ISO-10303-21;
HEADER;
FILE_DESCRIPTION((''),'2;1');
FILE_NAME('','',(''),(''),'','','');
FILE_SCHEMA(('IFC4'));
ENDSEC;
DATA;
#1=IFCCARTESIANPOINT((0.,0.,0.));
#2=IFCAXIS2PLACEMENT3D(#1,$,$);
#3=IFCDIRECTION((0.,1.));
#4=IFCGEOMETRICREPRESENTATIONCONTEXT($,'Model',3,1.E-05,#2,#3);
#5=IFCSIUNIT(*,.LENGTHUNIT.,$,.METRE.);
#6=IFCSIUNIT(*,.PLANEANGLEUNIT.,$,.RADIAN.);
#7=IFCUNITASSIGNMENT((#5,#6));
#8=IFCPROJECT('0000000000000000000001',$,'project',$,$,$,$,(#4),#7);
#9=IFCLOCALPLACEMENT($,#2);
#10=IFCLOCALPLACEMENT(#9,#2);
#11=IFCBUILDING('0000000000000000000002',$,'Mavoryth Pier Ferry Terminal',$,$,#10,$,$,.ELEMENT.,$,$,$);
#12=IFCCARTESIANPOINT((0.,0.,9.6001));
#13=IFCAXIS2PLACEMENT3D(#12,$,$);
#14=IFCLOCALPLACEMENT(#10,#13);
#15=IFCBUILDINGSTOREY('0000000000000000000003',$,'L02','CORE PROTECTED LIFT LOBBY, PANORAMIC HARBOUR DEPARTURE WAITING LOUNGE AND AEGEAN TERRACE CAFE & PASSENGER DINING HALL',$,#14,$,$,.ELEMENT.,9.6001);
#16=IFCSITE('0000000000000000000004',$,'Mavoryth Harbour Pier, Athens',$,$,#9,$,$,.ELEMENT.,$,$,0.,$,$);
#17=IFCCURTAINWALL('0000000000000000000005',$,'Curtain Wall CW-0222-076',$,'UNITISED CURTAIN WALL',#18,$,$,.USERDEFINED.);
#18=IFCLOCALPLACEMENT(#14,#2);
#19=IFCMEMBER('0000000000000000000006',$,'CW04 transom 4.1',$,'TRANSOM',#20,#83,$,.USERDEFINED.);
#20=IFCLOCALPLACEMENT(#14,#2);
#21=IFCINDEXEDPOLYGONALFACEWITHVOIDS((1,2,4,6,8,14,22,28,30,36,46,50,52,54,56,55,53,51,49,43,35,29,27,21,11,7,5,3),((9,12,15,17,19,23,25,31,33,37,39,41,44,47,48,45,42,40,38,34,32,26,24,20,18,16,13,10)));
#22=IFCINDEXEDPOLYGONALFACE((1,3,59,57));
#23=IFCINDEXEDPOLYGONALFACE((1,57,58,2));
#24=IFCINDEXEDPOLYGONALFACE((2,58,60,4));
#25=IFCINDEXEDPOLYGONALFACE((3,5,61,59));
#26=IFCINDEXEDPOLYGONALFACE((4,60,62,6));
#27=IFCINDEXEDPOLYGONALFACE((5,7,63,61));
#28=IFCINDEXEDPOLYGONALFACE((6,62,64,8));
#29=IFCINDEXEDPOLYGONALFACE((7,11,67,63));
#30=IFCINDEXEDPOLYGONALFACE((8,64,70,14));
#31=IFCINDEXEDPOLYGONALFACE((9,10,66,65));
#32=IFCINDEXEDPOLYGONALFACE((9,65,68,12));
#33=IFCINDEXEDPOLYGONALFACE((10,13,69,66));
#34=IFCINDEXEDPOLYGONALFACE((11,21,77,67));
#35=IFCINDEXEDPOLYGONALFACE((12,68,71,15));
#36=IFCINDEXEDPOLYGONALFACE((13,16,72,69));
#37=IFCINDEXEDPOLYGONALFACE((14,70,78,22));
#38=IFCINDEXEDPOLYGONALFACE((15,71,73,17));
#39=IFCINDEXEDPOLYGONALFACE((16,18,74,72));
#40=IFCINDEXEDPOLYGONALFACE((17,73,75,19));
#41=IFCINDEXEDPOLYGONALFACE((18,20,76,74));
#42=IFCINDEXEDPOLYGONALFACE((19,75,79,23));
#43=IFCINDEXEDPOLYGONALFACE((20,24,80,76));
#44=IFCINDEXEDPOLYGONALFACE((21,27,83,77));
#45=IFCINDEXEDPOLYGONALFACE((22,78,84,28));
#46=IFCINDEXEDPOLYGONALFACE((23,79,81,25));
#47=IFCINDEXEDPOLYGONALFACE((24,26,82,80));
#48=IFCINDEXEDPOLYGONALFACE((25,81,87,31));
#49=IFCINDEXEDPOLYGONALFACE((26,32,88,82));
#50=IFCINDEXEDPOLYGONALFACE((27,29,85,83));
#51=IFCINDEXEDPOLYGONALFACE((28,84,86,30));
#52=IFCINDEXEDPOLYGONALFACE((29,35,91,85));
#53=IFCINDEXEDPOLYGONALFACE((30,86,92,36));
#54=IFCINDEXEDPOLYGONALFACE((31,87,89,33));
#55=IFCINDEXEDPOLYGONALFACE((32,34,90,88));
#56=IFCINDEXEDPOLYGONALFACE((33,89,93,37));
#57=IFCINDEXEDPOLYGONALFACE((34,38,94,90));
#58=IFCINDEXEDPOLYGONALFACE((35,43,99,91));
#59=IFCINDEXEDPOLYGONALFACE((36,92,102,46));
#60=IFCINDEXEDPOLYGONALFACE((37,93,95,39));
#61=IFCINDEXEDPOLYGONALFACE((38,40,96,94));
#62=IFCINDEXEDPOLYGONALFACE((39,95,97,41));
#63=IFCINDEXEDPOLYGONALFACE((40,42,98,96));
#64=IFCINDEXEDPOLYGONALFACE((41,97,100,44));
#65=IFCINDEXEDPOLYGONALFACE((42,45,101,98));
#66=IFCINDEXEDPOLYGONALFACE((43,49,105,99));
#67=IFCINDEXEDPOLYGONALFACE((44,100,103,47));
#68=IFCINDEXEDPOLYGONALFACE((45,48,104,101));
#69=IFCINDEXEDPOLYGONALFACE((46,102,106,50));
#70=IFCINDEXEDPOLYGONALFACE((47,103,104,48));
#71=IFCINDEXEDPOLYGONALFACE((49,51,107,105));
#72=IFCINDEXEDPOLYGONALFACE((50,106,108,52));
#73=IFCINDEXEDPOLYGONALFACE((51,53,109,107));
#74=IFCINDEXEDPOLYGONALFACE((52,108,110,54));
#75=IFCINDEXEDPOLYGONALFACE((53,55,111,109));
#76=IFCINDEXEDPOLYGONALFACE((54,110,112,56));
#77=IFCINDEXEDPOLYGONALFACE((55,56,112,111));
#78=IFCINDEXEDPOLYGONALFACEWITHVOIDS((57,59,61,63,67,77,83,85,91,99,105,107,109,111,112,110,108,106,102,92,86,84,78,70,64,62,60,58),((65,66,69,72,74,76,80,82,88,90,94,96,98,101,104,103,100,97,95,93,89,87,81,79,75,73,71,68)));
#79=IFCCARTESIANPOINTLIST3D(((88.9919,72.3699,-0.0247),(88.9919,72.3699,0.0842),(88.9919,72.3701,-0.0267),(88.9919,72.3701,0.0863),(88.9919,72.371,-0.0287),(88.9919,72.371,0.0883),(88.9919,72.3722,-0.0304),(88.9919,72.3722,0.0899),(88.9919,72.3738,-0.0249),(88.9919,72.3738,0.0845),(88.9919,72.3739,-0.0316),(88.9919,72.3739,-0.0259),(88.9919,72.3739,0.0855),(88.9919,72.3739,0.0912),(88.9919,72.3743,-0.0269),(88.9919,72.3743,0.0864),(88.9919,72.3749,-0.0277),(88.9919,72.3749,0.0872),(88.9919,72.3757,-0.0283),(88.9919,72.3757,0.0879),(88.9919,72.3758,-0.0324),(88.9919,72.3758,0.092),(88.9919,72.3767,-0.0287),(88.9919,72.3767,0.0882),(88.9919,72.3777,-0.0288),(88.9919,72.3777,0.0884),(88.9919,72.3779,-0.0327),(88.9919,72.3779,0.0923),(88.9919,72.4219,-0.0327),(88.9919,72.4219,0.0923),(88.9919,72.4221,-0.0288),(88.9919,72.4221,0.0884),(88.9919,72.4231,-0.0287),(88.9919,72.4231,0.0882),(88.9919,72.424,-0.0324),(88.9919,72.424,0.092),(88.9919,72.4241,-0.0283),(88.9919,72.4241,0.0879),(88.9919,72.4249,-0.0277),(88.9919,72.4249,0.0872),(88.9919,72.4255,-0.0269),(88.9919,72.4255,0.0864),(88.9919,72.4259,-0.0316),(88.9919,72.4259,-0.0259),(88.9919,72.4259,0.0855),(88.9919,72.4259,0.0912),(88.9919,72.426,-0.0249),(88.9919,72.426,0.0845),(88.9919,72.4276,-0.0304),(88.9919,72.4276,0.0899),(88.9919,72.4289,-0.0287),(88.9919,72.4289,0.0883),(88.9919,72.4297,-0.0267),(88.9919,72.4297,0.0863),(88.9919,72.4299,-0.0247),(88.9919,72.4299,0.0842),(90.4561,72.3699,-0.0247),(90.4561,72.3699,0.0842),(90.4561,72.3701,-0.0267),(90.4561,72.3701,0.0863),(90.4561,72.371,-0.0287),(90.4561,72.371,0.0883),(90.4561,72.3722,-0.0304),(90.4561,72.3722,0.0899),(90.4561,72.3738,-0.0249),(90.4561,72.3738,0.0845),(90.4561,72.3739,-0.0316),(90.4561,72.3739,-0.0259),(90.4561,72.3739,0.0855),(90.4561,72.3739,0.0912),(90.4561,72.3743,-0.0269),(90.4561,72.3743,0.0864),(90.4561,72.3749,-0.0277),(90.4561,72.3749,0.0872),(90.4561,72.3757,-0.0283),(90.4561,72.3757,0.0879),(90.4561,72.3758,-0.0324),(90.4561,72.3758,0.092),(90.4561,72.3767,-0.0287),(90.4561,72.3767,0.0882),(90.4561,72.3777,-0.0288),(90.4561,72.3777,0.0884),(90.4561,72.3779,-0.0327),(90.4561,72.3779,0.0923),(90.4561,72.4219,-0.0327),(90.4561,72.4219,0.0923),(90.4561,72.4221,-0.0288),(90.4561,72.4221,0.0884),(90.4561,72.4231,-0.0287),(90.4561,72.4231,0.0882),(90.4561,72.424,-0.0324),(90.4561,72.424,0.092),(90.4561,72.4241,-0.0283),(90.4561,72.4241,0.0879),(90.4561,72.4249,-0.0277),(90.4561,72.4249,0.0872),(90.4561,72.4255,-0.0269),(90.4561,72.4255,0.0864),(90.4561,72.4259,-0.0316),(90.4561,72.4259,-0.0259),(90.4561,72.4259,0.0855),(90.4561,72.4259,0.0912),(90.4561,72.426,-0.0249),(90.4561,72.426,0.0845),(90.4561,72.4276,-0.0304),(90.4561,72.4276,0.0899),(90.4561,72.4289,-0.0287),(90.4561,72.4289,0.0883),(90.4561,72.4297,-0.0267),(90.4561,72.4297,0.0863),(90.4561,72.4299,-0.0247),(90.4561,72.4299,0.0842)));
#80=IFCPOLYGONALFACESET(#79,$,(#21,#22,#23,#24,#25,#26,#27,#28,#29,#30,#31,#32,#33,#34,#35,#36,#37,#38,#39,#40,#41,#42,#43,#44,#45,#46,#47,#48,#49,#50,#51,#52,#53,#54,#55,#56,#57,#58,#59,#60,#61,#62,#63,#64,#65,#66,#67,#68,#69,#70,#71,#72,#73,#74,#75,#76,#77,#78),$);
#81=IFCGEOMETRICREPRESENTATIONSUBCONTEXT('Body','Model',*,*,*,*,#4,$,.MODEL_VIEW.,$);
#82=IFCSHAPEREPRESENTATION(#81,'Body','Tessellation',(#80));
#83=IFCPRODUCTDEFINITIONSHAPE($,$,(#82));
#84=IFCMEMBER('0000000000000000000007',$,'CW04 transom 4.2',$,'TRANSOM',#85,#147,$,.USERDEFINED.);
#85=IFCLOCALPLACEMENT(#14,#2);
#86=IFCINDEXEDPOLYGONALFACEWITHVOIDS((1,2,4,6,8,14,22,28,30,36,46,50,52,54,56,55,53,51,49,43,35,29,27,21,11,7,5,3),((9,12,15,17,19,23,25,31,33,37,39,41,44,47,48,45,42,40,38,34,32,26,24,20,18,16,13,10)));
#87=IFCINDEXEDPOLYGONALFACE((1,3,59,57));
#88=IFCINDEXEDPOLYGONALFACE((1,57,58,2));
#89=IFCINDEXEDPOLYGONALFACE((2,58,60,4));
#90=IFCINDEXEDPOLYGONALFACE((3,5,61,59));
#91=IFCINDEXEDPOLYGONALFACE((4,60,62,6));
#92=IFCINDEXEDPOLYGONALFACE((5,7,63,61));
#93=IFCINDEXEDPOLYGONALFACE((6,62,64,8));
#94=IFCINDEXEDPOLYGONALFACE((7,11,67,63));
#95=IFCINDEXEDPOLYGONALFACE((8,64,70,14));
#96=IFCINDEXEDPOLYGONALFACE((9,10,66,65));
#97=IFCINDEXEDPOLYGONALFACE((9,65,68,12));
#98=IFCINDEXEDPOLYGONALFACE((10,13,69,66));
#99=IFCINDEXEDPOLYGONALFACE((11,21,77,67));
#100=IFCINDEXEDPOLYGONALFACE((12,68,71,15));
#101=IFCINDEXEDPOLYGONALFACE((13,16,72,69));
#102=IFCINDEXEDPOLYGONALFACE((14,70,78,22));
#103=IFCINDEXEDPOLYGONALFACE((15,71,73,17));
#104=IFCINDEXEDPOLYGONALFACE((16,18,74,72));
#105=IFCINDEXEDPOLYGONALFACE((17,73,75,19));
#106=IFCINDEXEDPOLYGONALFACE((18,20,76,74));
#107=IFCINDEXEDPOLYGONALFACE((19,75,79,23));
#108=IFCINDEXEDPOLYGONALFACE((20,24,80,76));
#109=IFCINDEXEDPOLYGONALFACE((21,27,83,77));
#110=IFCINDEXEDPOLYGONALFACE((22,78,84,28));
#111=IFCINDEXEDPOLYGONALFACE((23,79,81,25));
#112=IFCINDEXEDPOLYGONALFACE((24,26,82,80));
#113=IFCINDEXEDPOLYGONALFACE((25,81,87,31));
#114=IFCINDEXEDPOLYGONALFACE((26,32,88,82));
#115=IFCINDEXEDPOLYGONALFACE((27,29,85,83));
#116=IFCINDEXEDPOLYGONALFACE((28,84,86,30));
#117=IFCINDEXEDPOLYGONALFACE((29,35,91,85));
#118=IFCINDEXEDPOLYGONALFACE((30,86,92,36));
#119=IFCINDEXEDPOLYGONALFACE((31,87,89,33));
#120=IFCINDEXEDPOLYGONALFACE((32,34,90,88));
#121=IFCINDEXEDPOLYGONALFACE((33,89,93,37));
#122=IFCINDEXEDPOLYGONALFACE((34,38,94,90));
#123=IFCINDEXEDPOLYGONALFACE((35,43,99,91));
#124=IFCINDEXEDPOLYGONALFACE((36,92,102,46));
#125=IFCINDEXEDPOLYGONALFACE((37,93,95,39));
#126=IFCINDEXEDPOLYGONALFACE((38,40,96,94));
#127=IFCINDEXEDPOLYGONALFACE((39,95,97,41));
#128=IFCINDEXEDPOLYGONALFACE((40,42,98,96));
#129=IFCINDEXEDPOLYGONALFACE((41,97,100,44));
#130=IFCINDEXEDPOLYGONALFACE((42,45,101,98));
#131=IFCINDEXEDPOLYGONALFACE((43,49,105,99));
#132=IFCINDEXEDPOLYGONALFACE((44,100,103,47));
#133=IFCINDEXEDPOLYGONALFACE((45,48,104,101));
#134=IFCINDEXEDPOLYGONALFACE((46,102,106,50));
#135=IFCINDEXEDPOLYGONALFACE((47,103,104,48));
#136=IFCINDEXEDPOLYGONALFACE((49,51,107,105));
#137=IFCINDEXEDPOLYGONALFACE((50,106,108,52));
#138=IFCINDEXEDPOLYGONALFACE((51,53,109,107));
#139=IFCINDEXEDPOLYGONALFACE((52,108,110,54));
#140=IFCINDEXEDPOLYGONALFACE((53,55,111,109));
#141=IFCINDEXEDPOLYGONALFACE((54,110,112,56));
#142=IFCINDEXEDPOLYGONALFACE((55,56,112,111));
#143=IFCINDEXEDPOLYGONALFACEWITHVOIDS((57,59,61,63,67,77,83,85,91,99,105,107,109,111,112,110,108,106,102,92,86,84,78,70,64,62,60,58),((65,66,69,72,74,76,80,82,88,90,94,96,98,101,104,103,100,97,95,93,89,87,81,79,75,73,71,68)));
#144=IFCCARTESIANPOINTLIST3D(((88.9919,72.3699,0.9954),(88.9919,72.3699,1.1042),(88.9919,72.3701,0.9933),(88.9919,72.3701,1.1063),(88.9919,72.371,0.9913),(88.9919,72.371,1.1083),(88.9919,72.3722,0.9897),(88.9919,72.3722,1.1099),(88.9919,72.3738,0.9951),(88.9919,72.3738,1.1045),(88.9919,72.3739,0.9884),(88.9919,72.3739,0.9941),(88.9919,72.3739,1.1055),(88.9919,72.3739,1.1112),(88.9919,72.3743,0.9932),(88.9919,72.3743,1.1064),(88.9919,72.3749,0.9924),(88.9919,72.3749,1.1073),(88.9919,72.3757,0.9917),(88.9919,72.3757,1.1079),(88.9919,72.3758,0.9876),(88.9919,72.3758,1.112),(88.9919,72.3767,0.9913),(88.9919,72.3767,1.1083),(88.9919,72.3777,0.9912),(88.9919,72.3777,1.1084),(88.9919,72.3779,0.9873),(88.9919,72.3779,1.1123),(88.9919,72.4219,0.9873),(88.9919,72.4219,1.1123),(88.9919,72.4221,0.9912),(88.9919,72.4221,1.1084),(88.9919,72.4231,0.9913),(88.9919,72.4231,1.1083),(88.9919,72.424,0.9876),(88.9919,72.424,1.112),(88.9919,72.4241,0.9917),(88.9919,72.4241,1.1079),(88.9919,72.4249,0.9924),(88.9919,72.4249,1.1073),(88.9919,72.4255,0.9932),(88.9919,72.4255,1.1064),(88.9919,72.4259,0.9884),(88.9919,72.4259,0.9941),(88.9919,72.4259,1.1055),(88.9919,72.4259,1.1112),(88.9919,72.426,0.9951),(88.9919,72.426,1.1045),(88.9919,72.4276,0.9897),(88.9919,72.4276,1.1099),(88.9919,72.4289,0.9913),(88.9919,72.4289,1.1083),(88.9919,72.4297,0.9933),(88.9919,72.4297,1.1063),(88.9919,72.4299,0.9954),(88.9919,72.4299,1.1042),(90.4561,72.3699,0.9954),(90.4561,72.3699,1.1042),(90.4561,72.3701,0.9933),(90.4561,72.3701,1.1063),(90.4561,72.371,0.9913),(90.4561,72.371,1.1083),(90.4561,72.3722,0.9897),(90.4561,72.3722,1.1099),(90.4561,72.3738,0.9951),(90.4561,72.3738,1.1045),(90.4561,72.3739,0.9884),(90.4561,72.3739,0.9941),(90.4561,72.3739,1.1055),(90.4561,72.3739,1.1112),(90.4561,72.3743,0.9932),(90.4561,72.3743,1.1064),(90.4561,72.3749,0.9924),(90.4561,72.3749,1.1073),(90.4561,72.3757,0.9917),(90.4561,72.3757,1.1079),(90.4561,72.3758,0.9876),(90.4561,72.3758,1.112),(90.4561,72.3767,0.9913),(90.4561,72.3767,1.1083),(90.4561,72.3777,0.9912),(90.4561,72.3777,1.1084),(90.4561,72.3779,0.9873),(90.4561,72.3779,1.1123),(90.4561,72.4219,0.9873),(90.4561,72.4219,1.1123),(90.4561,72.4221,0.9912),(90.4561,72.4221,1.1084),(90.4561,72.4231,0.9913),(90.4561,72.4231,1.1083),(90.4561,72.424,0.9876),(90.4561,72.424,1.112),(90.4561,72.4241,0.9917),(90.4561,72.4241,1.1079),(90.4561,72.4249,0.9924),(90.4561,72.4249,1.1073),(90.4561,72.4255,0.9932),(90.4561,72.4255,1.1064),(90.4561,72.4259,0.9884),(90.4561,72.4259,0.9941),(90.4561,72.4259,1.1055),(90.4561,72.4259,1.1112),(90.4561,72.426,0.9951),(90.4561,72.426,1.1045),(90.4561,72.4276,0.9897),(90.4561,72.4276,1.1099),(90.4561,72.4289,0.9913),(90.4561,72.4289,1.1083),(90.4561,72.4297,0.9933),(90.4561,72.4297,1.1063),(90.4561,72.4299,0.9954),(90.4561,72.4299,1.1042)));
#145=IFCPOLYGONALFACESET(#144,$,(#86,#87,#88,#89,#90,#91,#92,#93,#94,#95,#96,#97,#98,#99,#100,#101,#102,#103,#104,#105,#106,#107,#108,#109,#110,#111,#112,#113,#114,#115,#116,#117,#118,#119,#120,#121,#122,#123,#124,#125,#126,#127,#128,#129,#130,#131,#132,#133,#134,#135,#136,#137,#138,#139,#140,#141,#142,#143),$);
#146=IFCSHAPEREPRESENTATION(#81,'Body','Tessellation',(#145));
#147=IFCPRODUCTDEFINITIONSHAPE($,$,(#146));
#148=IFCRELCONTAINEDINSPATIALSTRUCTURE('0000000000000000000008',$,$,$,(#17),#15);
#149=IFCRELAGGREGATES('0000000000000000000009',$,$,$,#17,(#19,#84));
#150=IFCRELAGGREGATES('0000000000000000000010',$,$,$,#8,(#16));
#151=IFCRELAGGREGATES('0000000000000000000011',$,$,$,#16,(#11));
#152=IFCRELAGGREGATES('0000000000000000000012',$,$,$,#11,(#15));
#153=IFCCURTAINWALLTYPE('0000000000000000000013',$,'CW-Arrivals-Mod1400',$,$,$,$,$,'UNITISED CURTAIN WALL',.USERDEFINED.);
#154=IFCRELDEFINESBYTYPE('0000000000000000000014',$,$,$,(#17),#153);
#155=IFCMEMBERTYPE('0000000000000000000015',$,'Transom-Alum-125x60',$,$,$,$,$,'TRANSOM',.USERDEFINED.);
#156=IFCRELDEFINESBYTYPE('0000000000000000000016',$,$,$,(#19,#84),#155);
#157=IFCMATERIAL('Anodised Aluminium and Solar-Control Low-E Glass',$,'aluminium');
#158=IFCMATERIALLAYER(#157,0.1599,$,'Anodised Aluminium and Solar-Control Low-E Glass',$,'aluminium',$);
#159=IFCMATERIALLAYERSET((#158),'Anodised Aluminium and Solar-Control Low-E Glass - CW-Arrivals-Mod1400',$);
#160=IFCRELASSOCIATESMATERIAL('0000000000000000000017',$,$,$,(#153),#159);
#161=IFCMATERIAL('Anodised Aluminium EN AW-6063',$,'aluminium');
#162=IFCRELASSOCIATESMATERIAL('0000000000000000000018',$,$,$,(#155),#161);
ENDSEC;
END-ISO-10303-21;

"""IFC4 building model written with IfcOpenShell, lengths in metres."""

from ifc_helpers import new_model, si_unit, direction, frame, origin, origin_2d, place, context, subcontext, project, spatial, hollow_rectangle, extrude, material, layer, layer_set, material_profile, profile_set, type_object, element, aggregate, save


model = new_model("IFC4")

# Units and contexts
model_context = context("Model", 3, precision=1e-05, world=origin(), true_north=direction((0.0, 1.0)))
body_context = subcontext(model_context, "Body", "Model", "MODEL_VIEW")
ifc_project = project(units=[si_unit("LENGTHUNIT", "METRE"), si_unit("PLANEANGLEUNIT", "RADIAN")], contexts=[model_context])

# Site, building, storey
site_placement = place(None, origin())
site = spatial("IfcSite", under=ifc_project, at=site_placement, Name="Mavoryth Harbour Pier, Athens", CompositionType="ELEMENT", RefElevation=0.0)
building_placement = place(site_placement, origin())
building = spatial("IfcBuilding", under=site, at=building_placement, Name="Mavoryth Pier Ferry Terminal", CompositionType="ELEMENT")
storey_placement = place(building_placement, frame((0.0, 0.0, 9.6001)))
storey = spatial("IfcBuildingStorey", under=building, at=storey_placement, Name="L02", Description="CORE PROTECTED LIFT LOBBY, PANORAMIC HARBOUR DEPARTURE WAITING LOUNGE AND AEGEAN TERRACE CAFE & PASSENGER DINING HALL", CompositionType="ELEMENT", Elevation=9.6001)

# Curtain wall
ifc_material_1 = material(Name="Anodised Aluminium and Solar-Control Low-E Glass", Category="aluminium")
ifc_layer_1 = layer(ifc_material_1, 0.1599, Name="Anodised Aluminium and Solar-Control Low-E Glass", Category="aluminium")
ifc_layer_set_1 = layer_set([ifc_layer_1], Name="Anodised Aluminium and Solar-Control Low-E Glass - CW-Arrivals-Mod1400")
curtain_wall_type = type_object("IfcCurtainWallType", Name="CW-Arrivals-Mod1400", ElementType="UNITISED CURTAIN WALL", PredefinedType="USERDEFINED", material=ifc_layer_set_1)
curtain_wall_placement = place(storey_placement, origin())
curtain_wall = element("IfcCurtainWall", 1, at=curtain_wall_placement, inside=storey, type_object=curtain_wall_type, Name="Curtain Wall CW-0222-076", ObjectType="UNITISED CURTAIN WALL", PredefinedType="USERDEFINED")
ifc_material_2 = material(Name="Anodised Aluminium EN AW-6063", Category="aluminium")

# Members
ifc_material_profile_1 = material_profile(ifc_material_2, hollow_rectangle(XDim=0.0601, YDim=0.125, WallThickness=0.0039, InnerFilletRadius=0.0039, OuterFilletRadius=0.0081, at=origin_2d()), Name="AL-TRAN 125x60x4", Category="aluminium")
ifc_profile_set_1 = profile_set([ifc_material_profile_1], Name="Anodised Aluminium EN AW-6063 - AL-TRAN 125x60x4")
member_type_1 = type_object("IfcMemberType", Name="Transom-Alum-125x60", ElementType="TRANSOM", PredefinedType="USERDEFINED", material=ifc_profile_set_1)
member_1_placement = place(storey_placement, frame((88.9919, 72.3999, 0.0298), z_axis=(1.0, 0.0, 0.0), x_axis=(0.0, 1.0, 0.0)))
member_1 = element("IfcMember", 2, at=member_1_placement, type_object=member_type_1, Name="CW04 transom 4.1", ObjectType="TRANSOM", PredefinedType="USERDEFINED", context=body_context, shape_type="SweptSolid", body=[
    extrude(hollow_rectangle(XDim=0.0601, YDim=0.125, WallThickness=0.0039, InnerFilletRadius=0.0039, OuterFilletRadius=0.0081, at=origin_2d()), origin(), (0.0, 0.0, 1.0), 1.4641),
])
member_2_placement = place(storey_placement, frame((88.9919, 72.3999, 1.0498), z_axis=(1.0, 0.0, 0.0), x_axis=(0.0, 1.0, 0.0)))
member_2 = element("IfcMember", 3, at=member_2_placement, type_object=member_type_1, Name="CW04 transom 4.2", ObjectType="TRANSOM", PredefinedType="USERDEFINED", context=body_context, shape_type="SweptSolid", body=[
    extrude(hollow_rectangle(XDim=0.0601, YDim=0.125, WallThickness=0.0039, InnerFilletRadius=0.0039, OuterFilletRadius=0.0081, at=origin_2d()), origin(), (0.0, 0.0, 1.0), 1.4641),
])

aggregate(curtain_wall, [member_1, member_2])

save(model, "model.ifc")
